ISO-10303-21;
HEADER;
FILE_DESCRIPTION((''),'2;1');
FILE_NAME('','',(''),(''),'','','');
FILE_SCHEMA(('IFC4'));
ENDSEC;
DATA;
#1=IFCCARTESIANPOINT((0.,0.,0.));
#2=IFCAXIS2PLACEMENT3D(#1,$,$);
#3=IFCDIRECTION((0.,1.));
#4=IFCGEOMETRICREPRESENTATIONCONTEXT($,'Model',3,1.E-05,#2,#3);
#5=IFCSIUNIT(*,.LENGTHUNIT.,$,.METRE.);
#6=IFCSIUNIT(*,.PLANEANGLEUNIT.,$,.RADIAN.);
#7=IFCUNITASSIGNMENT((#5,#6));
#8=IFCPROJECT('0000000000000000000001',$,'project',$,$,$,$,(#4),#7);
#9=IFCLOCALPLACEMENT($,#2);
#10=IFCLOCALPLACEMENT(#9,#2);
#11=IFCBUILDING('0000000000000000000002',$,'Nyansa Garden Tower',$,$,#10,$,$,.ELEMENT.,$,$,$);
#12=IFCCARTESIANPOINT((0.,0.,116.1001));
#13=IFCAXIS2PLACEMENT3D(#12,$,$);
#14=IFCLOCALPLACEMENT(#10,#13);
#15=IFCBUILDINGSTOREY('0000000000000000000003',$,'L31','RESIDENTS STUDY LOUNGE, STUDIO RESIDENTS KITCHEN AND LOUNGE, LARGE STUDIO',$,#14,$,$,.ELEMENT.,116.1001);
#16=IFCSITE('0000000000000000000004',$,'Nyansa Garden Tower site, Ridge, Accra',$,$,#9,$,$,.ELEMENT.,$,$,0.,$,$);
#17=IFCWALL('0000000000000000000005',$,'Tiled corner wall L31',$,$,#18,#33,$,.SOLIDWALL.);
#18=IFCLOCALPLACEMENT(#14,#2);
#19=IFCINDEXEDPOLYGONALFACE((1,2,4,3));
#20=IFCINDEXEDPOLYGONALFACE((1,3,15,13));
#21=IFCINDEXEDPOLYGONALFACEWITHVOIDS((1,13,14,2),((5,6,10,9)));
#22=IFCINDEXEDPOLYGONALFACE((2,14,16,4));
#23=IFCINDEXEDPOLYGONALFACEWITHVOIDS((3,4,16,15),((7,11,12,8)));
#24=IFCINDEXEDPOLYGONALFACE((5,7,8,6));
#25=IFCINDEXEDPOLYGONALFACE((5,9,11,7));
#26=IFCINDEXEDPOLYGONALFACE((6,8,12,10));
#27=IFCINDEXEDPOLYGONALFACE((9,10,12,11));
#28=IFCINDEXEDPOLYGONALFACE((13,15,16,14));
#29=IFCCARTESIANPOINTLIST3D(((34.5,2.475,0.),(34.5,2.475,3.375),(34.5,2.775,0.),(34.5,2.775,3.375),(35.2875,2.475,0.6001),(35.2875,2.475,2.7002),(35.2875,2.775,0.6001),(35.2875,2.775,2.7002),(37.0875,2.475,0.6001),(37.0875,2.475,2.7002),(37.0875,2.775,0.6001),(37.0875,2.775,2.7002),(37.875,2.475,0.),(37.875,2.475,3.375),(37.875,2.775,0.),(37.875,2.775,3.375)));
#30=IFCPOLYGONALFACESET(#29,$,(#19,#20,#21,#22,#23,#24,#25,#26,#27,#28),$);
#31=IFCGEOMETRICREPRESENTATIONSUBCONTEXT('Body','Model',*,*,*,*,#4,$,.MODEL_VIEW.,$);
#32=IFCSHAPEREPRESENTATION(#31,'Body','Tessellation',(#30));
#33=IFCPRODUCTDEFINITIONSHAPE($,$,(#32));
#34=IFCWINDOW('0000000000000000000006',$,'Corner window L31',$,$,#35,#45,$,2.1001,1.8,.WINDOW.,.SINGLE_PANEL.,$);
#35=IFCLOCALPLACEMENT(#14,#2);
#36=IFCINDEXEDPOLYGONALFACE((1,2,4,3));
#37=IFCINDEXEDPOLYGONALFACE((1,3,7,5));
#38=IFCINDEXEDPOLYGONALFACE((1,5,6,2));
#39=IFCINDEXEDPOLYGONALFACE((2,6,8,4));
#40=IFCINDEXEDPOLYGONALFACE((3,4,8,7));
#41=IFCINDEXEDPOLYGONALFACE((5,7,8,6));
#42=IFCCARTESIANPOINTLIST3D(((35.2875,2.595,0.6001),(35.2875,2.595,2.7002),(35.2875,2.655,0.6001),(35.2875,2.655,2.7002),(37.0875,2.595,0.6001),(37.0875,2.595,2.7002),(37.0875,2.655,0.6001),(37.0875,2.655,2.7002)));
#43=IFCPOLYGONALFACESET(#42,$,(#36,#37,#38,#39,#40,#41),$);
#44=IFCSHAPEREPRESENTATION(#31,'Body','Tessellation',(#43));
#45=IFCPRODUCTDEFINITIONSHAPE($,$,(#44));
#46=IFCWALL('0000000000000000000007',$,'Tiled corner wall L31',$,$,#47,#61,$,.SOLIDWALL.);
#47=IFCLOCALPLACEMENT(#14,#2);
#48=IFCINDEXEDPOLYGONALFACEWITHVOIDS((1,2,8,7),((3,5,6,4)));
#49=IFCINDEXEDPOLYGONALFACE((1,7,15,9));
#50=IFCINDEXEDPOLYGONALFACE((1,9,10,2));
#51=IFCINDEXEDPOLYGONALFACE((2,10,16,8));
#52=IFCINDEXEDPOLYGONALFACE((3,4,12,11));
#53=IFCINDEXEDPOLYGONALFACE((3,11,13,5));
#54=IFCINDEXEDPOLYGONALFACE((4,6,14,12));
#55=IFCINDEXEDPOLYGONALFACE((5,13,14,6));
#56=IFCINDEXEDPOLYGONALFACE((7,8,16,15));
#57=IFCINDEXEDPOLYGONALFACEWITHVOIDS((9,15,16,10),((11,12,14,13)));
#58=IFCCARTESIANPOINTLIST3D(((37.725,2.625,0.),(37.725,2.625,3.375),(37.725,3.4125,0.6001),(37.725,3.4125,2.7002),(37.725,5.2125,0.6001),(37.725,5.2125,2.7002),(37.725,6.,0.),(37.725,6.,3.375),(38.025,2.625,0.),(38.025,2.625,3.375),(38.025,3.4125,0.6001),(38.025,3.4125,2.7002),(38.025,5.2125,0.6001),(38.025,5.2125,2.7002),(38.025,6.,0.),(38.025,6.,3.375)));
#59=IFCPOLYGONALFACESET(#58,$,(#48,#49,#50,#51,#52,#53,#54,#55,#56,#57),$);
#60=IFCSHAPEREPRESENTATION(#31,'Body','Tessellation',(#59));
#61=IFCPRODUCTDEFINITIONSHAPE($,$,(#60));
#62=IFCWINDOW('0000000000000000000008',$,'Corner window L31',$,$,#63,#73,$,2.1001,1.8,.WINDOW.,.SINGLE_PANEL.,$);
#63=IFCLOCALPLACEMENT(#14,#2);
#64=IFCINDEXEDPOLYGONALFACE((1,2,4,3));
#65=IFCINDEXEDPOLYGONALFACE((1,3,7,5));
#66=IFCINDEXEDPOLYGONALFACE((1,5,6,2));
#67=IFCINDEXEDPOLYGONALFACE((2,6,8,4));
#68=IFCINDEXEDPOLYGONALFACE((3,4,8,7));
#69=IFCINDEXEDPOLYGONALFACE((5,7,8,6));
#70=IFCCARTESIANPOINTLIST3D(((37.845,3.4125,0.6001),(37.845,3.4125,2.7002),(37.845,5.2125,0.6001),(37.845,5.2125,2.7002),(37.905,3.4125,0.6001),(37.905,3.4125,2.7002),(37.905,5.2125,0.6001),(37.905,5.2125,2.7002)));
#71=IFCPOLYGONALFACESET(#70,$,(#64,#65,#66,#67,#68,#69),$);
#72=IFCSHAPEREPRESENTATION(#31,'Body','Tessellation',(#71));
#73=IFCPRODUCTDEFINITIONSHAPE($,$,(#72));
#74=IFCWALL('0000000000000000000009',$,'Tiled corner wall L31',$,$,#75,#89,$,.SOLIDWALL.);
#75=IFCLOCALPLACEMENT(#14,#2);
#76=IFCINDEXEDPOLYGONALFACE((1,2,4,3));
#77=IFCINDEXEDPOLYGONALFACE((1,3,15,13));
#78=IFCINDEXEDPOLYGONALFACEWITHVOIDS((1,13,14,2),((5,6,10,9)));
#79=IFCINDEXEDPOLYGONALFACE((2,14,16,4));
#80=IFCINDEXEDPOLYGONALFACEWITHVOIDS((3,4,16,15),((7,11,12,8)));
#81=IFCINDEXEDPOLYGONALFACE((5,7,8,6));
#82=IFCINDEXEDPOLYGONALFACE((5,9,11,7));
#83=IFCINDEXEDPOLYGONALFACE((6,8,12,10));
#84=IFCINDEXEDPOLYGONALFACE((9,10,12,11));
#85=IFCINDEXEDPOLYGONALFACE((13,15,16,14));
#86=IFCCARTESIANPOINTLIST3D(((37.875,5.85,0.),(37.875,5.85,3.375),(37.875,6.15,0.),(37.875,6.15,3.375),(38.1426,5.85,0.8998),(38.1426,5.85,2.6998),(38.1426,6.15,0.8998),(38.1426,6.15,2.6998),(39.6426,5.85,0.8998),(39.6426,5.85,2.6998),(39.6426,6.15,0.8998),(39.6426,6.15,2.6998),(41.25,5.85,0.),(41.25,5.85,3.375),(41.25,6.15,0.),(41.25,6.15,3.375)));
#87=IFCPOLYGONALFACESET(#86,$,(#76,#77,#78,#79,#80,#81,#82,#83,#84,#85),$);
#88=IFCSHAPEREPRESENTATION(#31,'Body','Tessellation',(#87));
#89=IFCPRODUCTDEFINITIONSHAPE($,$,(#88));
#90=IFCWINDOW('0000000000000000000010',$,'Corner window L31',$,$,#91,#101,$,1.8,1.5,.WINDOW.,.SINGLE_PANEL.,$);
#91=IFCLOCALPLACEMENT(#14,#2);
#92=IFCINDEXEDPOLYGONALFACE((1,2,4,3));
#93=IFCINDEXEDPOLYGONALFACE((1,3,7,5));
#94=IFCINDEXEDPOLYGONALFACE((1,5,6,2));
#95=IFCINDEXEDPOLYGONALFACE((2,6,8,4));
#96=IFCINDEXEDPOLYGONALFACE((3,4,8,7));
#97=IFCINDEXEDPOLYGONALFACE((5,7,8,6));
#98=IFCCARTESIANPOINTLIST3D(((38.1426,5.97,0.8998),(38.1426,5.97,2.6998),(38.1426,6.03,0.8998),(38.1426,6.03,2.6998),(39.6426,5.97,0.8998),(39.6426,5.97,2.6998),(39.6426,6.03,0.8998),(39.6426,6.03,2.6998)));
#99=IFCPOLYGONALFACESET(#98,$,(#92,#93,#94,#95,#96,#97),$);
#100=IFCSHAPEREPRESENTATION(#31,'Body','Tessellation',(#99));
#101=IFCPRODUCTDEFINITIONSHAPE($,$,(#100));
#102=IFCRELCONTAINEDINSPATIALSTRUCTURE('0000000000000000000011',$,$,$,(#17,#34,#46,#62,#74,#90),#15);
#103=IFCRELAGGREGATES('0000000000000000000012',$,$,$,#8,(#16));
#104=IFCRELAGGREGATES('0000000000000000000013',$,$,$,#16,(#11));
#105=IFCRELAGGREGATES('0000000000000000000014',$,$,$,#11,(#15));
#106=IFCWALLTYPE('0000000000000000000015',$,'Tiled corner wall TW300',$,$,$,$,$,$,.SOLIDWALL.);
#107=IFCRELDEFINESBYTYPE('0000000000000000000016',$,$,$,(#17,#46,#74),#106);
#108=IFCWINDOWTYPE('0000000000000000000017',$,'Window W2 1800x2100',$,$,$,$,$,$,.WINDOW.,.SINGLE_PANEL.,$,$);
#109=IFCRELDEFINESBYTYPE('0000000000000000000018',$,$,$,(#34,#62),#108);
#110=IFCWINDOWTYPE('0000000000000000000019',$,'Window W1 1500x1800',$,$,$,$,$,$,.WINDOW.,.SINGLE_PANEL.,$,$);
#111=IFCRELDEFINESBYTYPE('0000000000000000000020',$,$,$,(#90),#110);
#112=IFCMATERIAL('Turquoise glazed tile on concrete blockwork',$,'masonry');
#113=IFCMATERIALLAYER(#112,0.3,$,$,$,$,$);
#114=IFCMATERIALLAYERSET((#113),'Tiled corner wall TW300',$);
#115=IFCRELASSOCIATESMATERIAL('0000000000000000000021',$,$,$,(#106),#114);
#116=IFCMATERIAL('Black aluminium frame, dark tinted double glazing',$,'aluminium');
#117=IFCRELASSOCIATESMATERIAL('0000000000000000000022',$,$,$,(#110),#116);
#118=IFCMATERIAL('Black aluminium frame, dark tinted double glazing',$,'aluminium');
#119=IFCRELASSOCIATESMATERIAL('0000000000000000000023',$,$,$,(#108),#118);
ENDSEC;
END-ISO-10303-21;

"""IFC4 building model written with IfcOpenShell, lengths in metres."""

from ifc_helpers import new_model, si_unit, direction, frame, frame_2d, origin, place, context, subcontext, project, spatial, rectangle, extrude, material, layer, layer_set, type_object, element, fill, save


model = new_model("IFC4")

# Units and contexts
model_context = context("Model", 3, precision=1e-05, world=origin(), true_north=direction((0.0, 1.0)))
body_context = subcontext(model_context, "Body", "Model", "MODEL_VIEW")
ifc_project = project(units=[si_unit("LENGTHUNIT", "METRE"), si_unit("PLANEANGLEUNIT", "RADIAN")], contexts=[model_context])

# Site, building, storey
site_placement = place(None, origin())
site = spatial("IfcSite", under=ifc_project, at=site_placement, Name="Nyansa Garden Tower site, Ridge, Accra", CompositionType="ELEMENT", RefElevation=0.0)
building_placement = place(site_placement, origin())
building = spatial("IfcBuilding", under=site, at=building_placement, Name="Nyansa Garden Tower", CompositionType="ELEMENT")
storey_placement = place(building_placement, frame((0.0, 0.0, 116.1001)))
storey = spatial("IfcBuildingStorey", under=building, at=storey_placement, Name="L31", Description="RESIDENTS STUDY LOUNGE, STUDIO RESIDENTS KITCHEN AND LOUNGE, LARGE STUDIO", CompositionType="ELEMENT", Elevation=116.1001)

# Walls, openings, windows
ifc_material_1 = material(Name="Turquoise glazed tile on concrete blockwork", Category="masonry")
ifc_layer_1 = layer(ifc_material_1, 0.3)
ifc_layer_set_1 = layer_set([ifc_layer_1], Name="Tiled corner wall TW300")
wall_type_1 = type_object("IfcWallType", Name="Tiled corner wall TW300", PredefinedType="SOLIDWALL", material=ifc_layer_set_1)
ifc_material_2 = material(Name="Black aluminium frame, dark tinted double glazing", Category="aluminium")
window_type_1 = type_object("IfcWindowType", Name="Window W1 1500x1800", PartitioningType="SINGLE_PANEL", PredefinedType="WINDOW", material=ifc_material_2)
wall_1_placement = place(storey_placement, frame((34.5, 2.625, 0.0), z_axis=(0.0, 0.0, 1.0), x_axis=(1.0, 0.0, 0.0)))
wall_1 = element("IfcWall", 1, at=wall_1_placement, inside=storey, type_object=wall_type_1, Name="Tiled corner wall L31", PredefinedType="SOLIDWALL", context=body_context, shape_type="SweptSolid", body=[
    extrude(rectangle(XDim=3.375, YDim=0.3, at=frame_2d((1.6875, 0.0))), origin(), (0.0, 0.0, 1.0), 3.375),
])
opening_1_placement = place(wall_1_placement, frame((0.7876, 0.0, 0.6001)))
opening_1 = element("IfcOpeningElement", 2, at=opening_1_placement, cuts=wall_1, PredefinedType="OPENING", context=body_context, shape_type="SweptSolid", body=[
    extrude(rectangle(XDim=1.8, YDim=2.1001, at=frame_2d((0.8999, 1.05))), frame((0.0, 0.1599, 0.0), z_axis=(0.0, -1.0, 0.0), x_axis=(1.0, 0.0, 0.0)), (0.0, 0.0, 1.0), 0.3201),
])
ifc_material_3 = material(Name="Black aluminium frame, dark tinted double glazing", Category="aluminium")
window_type_2 = type_object("IfcWindowType", Name="Window W2 1800x2100", PartitioningType="SINGLE_PANEL", PredefinedType="WINDOW", material=ifc_material_3)
window_1_placement = place(opening_1_placement, origin())
window_1 = element("IfcWindow", 3, at=window_1_placement, inside=storey, type_object=window_type_2, Name="Corner window L31", OverallHeight=2.1001, OverallWidth=1.8, PartitioningType="SINGLE_PANEL", PredefinedType="WINDOW", context=body_context, shape_type="SweptSolid", body=[
    extrude(rectangle(XDim=1.8, YDim=2.1001, at=frame_2d((0.8999, 1.05))), frame((0.0, 0.03, 0.0), z_axis=(0.0, -1.0, 0.0), x_axis=(1.0, 0.0, 0.0)), (0.0, 0.0, 1.0), 0.0601),
])
fill(opening_1, window_1)
wall_2_placement = place(storey_placement, frame((37.875, 2.625, 0.0), z_axis=(0.0, 0.0, 1.0), x_axis=(0.0, 1.0, 0.0)))
wall_2 = element("IfcWall", 4, at=wall_2_placement, inside=storey, type_object=wall_type_1, Name="Tiled corner wall L31", PredefinedType="SOLIDWALL", context=body_context, shape_type="SweptSolid", body=[
    extrude(rectangle(XDim=3.375, YDim=0.3, at=frame_2d((1.6875, 0.0))), origin(), (0.0, 0.0, 1.0), 3.375),
])
opening_2_placement = place(wall_2_placement, frame((0.7876, 0.0, 0.6001)))
opening_2 = element("IfcOpeningElement", 5, at=opening_2_placement, cuts=wall_2, PredefinedType="OPENING", context=body_context, shape_type="SweptSolid", body=[
    extrude(rectangle(XDim=1.8, YDim=2.1001, at=frame_2d((0.8999, 1.05))), frame((0.0, 0.1599, 0.0), z_axis=(0.0, -1.0, 0.0), x_axis=(1.0, 0.0, 0.0)), (0.0, 0.0, 1.0), 0.3201),
])
window_2_placement = place(opening_2_placement, origin())
window_2 = element("IfcWindow", 6, at=window_2_placement, inside=storey, type_object=window_type_2, Name="Corner window L31", OverallHeight=2.1001, OverallWidth=1.8, PartitioningType="SINGLE_PANEL", PredefinedType="WINDOW", context=body_context, shape_type="SweptSolid", body=[
    extrude(rectangle(XDim=1.8, YDim=2.1001, at=frame_2d((0.8999, 1.05))), frame((0.0, 0.03, 0.0), z_axis=(0.0, -1.0, 0.0), x_axis=(1.0, 0.0, 0.0)), (0.0, 0.0, 1.0), 0.0601),
])
fill(opening_2, window_2)
wall_3_placement = place(storey_placement, frame((37.875, 6.0, 0.0), z_axis=(0.0, 0.0, 1.0), x_axis=(1.0, 0.0, 0.0)))
wall_3 = element("IfcWall", 7, at=wall_3_placement, inside=storey, type_object=wall_type_1, Name="Tiled corner wall L31", PredefinedType="SOLIDWALL", context=body_context, shape_type="SweptSolid", body=[
    extrude(rectangle(XDim=3.375, YDim=0.3, at=frame_2d((1.6875, 0.0))), origin(), (0.0, 0.0, 1.0), 3.375),
])
opening_3_placement = place(wall_3_placement, frame((0.2676, 0.0, 0.8999)))
opening_3 = element("IfcOpeningElement", 8, at=opening_3_placement, cuts=wall_3, PredefinedType="OPENING", context=body_context, shape_type="SweptSolid", body=[
    extrude(rectangle(XDim=1.5, YDim=1.8, at=frame_2d((0.75, 0.8999))), frame((0.0, 0.1599, 0.0), z_axis=(0.0, -1.0, 0.0), x_axis=(1.0, 0.0, 0.0)), (0.0, 0.0, 1.0), 0.3201),
])
window_3_placement = place(opening_3_placement, origin())
window_3 = element("IfcWindow", 9, at=window_3_placement, inside=storey, type_object=window_type_1, Name="Corner window L31", OverallHeight=1.8, OverallWidth=1.5, PartitioningType="SINGLE_PANEL", PredefinedType="WINDOW", context=body_context, shape_type="SweptSolid", body=[
    extrude(rectangle(XDim=1.5, YDim=1.8, at=frame_2d((0.75, 0.8999))), frame((0.0, 0.03, 0.0), z_axis=(0.0, -1.0, 0.0), x_axis=(1.0, 0.0, 0.0)), (0.0, 0.0, 1.0), 0.0601),
])
fill(opening_3, window_3)

save(model, "model.ifc")
